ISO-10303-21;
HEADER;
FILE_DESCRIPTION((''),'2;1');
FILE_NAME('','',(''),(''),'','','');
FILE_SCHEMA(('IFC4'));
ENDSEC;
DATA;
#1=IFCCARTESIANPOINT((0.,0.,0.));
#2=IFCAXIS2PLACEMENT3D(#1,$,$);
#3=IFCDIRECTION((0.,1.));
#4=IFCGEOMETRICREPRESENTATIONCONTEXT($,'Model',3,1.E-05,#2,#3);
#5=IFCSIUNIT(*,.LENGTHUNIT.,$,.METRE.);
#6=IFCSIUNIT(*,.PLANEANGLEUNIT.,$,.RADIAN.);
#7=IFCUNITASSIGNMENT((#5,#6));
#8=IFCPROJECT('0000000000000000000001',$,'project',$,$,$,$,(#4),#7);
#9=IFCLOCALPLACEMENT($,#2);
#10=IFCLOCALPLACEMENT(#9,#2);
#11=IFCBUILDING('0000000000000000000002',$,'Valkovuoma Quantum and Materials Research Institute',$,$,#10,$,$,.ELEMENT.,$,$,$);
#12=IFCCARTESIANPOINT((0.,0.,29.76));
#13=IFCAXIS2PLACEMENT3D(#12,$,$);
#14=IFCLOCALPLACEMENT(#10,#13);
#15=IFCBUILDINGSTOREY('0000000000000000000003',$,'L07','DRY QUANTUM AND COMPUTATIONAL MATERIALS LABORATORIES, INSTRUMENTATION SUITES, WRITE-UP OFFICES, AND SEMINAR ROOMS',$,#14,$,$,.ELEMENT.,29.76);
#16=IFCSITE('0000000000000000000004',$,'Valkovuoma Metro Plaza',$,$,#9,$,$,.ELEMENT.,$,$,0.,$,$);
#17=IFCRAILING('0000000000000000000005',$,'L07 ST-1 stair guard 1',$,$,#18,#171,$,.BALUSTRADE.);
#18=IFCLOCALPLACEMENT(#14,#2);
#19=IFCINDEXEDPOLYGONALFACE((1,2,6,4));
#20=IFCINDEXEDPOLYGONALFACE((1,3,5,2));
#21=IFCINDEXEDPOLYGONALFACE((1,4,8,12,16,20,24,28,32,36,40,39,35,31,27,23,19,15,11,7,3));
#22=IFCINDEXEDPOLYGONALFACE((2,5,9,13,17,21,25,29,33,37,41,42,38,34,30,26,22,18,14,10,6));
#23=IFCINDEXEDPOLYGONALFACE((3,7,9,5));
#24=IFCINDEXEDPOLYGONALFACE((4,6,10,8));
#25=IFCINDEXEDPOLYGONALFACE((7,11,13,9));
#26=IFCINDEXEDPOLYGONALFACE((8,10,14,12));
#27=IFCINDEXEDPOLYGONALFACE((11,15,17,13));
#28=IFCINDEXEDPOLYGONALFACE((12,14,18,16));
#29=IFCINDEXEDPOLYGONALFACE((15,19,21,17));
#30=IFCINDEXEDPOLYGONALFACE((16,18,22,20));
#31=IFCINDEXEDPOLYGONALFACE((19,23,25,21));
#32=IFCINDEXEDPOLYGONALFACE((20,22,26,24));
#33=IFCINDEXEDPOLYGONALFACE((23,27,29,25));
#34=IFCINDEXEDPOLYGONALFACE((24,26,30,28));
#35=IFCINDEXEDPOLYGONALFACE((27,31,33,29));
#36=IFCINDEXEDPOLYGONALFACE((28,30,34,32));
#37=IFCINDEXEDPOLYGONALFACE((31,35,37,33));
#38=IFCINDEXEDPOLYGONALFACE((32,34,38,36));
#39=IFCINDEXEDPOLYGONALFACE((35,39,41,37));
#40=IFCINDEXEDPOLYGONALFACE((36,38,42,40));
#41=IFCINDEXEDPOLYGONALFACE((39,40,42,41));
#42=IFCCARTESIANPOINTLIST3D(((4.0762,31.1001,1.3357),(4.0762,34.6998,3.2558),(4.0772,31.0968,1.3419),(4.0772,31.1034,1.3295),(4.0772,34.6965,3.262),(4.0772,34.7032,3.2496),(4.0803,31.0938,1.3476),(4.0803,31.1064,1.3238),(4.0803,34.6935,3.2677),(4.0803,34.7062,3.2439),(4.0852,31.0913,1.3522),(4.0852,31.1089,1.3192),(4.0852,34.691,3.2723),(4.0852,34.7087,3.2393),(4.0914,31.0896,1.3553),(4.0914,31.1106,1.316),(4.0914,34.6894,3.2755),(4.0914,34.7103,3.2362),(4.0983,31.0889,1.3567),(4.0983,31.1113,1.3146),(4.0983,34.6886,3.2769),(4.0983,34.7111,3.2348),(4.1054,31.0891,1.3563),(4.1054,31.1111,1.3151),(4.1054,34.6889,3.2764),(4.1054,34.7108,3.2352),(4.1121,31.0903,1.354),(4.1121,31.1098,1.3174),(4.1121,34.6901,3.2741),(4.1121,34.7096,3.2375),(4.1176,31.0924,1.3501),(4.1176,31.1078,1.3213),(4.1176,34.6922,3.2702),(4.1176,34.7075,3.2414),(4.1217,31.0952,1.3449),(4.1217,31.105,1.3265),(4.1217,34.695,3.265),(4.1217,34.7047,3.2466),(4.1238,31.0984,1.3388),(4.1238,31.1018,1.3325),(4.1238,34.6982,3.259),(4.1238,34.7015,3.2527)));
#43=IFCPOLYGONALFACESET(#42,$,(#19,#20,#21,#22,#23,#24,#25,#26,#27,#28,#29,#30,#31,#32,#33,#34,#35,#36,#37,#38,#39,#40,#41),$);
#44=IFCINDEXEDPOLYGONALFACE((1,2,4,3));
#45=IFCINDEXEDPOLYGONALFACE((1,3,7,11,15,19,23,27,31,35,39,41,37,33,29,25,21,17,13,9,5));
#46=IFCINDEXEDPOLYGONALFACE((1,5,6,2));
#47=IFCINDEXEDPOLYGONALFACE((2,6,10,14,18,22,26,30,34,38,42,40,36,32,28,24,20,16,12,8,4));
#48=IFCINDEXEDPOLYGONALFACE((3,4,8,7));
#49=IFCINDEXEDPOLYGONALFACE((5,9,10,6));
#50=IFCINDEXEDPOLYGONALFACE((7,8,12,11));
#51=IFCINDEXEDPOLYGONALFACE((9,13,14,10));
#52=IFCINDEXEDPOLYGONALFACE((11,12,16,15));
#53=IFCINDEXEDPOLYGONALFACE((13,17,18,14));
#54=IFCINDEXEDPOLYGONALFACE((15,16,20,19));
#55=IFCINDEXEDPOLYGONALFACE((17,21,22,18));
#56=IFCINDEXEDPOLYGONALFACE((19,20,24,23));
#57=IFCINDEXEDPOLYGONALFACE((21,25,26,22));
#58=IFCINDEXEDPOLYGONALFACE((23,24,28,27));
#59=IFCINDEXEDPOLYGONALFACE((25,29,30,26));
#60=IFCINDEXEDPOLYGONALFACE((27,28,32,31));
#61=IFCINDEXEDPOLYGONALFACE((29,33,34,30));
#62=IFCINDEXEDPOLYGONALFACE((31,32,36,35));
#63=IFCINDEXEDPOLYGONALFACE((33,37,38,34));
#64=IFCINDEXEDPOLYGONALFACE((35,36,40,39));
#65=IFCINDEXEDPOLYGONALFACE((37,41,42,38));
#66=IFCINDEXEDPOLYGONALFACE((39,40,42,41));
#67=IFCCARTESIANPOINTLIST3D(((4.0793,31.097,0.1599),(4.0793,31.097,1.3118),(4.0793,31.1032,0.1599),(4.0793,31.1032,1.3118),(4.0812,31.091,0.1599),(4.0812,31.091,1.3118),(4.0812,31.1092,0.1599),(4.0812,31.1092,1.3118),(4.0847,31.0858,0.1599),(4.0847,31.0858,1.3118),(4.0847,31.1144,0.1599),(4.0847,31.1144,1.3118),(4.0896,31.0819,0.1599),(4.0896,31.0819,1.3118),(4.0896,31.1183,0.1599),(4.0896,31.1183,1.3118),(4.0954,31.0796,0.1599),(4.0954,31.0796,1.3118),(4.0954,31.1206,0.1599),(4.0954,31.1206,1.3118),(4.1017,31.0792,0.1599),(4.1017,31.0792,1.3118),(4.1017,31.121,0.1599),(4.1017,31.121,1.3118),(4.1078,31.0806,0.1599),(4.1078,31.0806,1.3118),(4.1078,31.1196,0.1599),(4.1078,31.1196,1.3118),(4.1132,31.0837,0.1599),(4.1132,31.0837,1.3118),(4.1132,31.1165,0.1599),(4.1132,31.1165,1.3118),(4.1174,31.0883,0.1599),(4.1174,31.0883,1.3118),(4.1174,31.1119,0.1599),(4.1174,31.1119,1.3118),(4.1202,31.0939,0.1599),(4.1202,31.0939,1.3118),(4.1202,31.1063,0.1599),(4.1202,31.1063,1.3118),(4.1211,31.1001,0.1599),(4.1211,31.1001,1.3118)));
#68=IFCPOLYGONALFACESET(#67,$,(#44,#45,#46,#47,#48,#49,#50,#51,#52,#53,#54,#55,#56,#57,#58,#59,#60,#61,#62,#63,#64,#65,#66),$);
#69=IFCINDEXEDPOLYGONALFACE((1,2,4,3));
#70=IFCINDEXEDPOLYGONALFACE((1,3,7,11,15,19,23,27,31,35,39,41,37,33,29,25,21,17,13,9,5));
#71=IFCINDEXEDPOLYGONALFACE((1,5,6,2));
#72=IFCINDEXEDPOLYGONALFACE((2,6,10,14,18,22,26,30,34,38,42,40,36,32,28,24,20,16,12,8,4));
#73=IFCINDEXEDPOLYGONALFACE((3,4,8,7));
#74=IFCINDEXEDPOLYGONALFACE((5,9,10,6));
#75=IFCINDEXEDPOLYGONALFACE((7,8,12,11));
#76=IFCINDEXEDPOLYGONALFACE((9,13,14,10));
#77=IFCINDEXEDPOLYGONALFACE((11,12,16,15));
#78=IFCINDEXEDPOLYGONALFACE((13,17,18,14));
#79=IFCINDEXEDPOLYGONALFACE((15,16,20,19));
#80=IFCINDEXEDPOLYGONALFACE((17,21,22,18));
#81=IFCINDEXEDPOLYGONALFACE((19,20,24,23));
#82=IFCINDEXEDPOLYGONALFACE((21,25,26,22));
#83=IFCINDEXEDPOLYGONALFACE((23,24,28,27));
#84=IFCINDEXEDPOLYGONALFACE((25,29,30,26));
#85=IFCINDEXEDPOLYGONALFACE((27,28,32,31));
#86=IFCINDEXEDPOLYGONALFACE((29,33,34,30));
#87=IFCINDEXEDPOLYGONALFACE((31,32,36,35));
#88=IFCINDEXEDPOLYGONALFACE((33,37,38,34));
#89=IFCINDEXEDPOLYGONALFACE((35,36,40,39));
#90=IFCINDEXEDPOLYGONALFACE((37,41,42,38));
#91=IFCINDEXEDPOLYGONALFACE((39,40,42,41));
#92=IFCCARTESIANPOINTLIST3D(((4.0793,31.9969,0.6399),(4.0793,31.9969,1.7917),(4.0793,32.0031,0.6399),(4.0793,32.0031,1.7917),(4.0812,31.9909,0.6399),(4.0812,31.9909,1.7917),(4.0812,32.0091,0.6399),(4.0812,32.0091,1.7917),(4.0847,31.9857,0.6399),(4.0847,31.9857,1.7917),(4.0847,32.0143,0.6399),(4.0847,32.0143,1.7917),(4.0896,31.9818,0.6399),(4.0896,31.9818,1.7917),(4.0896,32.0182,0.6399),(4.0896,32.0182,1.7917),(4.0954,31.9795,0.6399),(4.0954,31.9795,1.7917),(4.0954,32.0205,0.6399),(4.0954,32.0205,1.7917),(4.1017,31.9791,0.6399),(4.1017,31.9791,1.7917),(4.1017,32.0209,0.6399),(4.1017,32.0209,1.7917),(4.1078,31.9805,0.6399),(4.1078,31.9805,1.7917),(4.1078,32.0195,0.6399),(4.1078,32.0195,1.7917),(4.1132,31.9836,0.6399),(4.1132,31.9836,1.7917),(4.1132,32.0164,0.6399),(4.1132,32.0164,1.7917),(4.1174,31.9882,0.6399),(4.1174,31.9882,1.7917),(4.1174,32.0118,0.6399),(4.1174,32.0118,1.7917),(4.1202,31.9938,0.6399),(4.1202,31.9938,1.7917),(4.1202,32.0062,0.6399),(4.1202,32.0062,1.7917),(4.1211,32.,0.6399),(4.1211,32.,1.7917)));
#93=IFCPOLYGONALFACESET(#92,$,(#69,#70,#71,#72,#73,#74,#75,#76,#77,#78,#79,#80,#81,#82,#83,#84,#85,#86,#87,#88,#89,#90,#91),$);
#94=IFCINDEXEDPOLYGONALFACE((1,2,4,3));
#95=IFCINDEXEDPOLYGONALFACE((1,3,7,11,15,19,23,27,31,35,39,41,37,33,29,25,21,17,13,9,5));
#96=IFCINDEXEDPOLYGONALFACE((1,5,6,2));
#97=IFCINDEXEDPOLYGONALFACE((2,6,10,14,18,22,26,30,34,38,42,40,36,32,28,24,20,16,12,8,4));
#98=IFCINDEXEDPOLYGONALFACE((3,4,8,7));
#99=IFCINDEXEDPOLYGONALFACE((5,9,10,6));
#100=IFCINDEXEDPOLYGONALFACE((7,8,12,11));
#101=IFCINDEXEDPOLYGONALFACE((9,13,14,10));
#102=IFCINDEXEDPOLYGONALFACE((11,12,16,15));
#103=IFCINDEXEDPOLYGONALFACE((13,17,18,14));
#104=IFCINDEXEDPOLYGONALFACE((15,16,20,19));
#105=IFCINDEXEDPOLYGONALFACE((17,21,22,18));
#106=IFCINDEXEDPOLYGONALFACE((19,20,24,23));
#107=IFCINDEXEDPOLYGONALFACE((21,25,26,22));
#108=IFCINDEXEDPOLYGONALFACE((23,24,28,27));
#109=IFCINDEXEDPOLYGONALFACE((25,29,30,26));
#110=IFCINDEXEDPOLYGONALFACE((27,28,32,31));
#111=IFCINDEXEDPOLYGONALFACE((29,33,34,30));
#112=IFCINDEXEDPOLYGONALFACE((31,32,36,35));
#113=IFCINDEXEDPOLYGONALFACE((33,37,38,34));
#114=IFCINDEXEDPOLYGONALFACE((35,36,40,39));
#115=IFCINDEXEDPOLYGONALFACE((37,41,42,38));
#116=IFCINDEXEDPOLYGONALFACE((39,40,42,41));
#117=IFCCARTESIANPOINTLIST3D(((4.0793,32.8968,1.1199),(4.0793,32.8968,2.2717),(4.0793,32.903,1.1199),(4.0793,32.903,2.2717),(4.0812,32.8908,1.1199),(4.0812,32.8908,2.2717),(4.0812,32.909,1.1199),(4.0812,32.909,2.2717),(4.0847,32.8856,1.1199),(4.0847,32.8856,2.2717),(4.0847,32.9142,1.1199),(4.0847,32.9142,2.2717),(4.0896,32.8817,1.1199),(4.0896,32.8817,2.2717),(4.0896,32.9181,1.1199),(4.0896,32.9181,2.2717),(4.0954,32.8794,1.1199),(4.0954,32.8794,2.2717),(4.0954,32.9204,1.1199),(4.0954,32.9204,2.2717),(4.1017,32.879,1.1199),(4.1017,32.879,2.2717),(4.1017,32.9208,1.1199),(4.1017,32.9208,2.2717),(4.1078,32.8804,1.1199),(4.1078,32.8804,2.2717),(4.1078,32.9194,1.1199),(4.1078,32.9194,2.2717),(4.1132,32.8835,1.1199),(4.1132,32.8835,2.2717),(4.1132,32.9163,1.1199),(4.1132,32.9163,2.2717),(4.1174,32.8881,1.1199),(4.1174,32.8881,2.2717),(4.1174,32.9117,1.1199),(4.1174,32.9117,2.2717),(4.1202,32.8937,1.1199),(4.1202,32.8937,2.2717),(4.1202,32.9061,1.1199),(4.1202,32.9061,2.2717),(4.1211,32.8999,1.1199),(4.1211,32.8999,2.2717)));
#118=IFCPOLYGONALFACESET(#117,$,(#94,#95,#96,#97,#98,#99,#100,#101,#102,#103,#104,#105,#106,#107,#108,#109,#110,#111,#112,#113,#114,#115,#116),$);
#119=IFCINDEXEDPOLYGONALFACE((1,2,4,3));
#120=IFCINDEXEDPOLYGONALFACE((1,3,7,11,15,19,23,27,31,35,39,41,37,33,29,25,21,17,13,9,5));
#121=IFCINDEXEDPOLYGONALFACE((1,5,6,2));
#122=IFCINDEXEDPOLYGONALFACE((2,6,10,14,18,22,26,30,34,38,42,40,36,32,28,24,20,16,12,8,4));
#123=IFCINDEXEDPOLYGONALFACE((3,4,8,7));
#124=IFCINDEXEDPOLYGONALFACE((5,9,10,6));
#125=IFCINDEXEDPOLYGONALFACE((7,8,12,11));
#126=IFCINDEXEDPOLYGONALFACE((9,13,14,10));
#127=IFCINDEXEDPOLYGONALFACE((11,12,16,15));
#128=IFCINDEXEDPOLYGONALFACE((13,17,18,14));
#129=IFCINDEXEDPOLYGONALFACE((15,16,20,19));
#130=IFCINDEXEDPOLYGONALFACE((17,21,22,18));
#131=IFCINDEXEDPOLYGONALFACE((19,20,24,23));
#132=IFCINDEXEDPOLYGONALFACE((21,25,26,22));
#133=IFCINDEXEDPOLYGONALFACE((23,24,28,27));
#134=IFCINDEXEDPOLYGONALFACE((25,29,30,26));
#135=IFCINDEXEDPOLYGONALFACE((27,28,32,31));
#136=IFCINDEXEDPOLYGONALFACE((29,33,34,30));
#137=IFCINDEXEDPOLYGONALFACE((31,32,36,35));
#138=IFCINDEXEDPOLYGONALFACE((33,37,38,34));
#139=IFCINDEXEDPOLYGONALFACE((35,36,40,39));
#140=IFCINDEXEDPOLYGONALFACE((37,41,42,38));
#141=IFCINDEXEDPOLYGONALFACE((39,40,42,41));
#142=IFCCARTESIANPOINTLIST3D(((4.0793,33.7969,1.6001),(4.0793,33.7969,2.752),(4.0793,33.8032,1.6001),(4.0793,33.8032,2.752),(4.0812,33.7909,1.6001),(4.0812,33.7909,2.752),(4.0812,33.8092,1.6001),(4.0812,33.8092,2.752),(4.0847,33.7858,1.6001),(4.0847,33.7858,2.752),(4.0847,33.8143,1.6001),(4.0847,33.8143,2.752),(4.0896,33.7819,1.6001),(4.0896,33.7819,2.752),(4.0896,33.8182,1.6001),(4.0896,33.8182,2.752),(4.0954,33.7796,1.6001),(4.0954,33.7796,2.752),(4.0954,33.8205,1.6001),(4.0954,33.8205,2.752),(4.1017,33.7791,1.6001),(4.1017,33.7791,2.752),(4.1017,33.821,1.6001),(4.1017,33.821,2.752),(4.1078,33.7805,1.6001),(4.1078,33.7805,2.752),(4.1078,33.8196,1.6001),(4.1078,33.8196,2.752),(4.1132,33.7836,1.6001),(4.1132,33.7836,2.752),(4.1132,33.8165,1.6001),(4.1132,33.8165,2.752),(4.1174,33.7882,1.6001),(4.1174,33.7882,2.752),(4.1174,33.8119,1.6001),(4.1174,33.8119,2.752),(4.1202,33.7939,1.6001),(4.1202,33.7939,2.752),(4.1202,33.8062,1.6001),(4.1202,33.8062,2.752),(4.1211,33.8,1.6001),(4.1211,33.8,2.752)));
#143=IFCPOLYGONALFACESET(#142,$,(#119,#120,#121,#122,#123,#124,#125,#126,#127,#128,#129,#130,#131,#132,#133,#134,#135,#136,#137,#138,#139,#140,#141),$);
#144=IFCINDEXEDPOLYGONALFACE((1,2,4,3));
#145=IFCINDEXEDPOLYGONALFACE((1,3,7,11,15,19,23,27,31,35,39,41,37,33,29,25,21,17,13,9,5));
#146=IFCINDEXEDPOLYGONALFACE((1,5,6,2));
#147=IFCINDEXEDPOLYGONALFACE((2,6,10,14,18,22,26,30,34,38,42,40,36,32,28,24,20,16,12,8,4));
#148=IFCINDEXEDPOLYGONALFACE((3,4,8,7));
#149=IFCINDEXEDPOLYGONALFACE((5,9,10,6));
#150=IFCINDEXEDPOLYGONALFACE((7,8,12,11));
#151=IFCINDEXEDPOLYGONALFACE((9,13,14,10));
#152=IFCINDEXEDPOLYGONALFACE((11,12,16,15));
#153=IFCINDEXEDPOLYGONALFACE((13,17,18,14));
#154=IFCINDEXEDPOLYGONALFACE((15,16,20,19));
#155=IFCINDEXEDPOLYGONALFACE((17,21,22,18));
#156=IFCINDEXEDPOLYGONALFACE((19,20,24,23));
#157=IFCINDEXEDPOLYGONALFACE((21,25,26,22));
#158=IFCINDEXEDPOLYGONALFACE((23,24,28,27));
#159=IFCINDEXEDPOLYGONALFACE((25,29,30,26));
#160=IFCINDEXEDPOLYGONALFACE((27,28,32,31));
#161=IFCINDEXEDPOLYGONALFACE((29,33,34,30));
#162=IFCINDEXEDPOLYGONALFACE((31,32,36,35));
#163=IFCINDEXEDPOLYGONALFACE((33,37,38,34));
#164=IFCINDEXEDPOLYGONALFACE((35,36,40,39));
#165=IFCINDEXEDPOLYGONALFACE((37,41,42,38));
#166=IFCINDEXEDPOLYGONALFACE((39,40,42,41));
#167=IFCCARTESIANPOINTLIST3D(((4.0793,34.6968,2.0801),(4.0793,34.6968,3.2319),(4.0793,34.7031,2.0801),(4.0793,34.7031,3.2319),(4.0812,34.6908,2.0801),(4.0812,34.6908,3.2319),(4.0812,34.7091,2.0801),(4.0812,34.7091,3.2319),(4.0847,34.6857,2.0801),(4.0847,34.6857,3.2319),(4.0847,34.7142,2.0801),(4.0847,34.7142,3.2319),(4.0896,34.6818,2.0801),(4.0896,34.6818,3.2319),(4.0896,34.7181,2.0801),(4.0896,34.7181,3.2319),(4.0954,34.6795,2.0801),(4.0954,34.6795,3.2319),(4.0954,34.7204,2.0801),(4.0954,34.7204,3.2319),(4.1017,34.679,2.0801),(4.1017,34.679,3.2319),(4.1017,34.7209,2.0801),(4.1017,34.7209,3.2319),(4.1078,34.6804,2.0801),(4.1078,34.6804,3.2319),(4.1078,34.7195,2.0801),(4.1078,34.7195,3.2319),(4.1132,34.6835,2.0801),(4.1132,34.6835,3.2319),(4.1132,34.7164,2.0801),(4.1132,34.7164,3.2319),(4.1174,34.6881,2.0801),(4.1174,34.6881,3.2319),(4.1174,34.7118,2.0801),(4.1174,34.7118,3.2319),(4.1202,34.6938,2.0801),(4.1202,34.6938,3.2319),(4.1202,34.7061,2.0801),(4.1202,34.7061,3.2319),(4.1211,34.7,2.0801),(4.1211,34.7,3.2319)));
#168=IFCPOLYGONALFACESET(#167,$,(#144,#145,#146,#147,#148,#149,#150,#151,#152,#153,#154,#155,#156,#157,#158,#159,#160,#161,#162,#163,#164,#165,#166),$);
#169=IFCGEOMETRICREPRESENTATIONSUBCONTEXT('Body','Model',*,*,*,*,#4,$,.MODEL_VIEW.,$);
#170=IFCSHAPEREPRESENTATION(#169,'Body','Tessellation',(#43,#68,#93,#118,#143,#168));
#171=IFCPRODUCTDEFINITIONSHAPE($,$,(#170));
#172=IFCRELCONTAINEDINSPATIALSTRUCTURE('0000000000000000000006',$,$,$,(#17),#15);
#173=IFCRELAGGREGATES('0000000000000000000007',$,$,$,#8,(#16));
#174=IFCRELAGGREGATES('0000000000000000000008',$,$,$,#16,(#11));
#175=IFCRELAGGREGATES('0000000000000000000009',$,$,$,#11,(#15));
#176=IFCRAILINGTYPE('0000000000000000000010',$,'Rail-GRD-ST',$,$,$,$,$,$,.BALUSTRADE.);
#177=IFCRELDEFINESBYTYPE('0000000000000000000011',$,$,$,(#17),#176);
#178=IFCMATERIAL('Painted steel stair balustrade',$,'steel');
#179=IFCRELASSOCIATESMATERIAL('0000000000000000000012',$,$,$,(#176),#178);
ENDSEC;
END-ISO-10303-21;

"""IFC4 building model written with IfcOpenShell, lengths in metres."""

from ifc_helpers import new_model, si_unit, direction, frame, origin, origin_2d, place, context, subcontext, project, spatial, circle, extrude, material, type_object, element, save


model = new_model("IFC4")

# Units and contexts
model_context = context("Model", 3, precision=1e-05, world=origin(), true_north=direction((0.0, 1.0)))
body_context = subcontext(model_context, "Body", "Model", "MODEL_VIEW")
ifc_project = project(units=[si_unit("LENGTHUNIT", "METRE"), si_unit("PLANEANGLEUNIT", "RADIAN")], contexts=[model_context])

# Site, building, storey
site_placement = place(None, origin())
site = spatial("IfcSite", under=ifc_project, at=site_placement, Name="Valkovuoma Metro Plaza", CompositionType="ELEMENT", RefElevation=0.0)
building_placement = place(site_placement, origin())
building = spatial("IfcBuilding", under=site, at=building_placement, Name="Valkovuoma Quantum and Materials Research Institute", CompositionType="ELEMENT")
storey_placement = place(building_placement, frame((0.0, 0.0, 29.76)))
storey = spatial("IfcBuildingStorey", under=building, at=storey_placement, Name="L07", Description="DRY QUANTUM AND COMPUTATIONAL MATERIALS LABORATORIES, INSTRUMENTATION SUITES, WRITE-UP OFFICES, AND SEMINAR ROOMS", CompositionType="ELEMENT", Elevation=29.76)

# Railing
ifc_material_1 = material(Name="Painted steel stair balustrade", Category="steel")
railing_type_1 = type_object("IfcRailingType", Name="Rail-GRD-ST", PredefinedType="BALUSTRADE", material=ifc_material_1)
railing_1_placement = place(storey_placement, frame((4.1001, 31.1001, 0.1599)))
element("IfcRailing", 1, at=railing_1_placement, inside=storey, type_object=railing_type_1, Name="L07 ST-1 stair guard 1", PredefinedType="BALUSTRADE", context=body_context, shape_type="SweptSolid", body=[
    extrude(circle(Radius=0.0239, at=origin_2d()), frame((0.0, 0.0, 1.1758), z_axis=(0.0, 0.882328, 0.470635), x_axis=(-1.0, 0.0, 0.0)), (0.0, 0.0, 1.0), 4.0798),
    extrude(circle(Radius=0.021, at=origin_2d()), origin(), (0.0, 0.0, 1.0), 1.1519),
    extrude(circle(Radius=0.021, at=origin_2d()), frame((0.0, 0.8999, 0.48)), (0.0, 0.0, 1.0), 1.1519),
    extrude(circle(Radius=0.021, at=origin_2d()), frame((0.0, 1.7998, 0.96)), (0.0, 0.0, 1.0), 1.1519),
    extrude(circle(Radius=0.021, at=origin_2d()), frame((0.0, 2.7, 1.4402)), (0.0, 0.0, 1.0), 1.1519),
    extrude(circle(Radius=0.021, at=origin_2d()), frame((0.0, 3.5999, 1.9202)), (0.0, 0.0, 1.0), 1.1519),
])

save(model, "model.ifc")
